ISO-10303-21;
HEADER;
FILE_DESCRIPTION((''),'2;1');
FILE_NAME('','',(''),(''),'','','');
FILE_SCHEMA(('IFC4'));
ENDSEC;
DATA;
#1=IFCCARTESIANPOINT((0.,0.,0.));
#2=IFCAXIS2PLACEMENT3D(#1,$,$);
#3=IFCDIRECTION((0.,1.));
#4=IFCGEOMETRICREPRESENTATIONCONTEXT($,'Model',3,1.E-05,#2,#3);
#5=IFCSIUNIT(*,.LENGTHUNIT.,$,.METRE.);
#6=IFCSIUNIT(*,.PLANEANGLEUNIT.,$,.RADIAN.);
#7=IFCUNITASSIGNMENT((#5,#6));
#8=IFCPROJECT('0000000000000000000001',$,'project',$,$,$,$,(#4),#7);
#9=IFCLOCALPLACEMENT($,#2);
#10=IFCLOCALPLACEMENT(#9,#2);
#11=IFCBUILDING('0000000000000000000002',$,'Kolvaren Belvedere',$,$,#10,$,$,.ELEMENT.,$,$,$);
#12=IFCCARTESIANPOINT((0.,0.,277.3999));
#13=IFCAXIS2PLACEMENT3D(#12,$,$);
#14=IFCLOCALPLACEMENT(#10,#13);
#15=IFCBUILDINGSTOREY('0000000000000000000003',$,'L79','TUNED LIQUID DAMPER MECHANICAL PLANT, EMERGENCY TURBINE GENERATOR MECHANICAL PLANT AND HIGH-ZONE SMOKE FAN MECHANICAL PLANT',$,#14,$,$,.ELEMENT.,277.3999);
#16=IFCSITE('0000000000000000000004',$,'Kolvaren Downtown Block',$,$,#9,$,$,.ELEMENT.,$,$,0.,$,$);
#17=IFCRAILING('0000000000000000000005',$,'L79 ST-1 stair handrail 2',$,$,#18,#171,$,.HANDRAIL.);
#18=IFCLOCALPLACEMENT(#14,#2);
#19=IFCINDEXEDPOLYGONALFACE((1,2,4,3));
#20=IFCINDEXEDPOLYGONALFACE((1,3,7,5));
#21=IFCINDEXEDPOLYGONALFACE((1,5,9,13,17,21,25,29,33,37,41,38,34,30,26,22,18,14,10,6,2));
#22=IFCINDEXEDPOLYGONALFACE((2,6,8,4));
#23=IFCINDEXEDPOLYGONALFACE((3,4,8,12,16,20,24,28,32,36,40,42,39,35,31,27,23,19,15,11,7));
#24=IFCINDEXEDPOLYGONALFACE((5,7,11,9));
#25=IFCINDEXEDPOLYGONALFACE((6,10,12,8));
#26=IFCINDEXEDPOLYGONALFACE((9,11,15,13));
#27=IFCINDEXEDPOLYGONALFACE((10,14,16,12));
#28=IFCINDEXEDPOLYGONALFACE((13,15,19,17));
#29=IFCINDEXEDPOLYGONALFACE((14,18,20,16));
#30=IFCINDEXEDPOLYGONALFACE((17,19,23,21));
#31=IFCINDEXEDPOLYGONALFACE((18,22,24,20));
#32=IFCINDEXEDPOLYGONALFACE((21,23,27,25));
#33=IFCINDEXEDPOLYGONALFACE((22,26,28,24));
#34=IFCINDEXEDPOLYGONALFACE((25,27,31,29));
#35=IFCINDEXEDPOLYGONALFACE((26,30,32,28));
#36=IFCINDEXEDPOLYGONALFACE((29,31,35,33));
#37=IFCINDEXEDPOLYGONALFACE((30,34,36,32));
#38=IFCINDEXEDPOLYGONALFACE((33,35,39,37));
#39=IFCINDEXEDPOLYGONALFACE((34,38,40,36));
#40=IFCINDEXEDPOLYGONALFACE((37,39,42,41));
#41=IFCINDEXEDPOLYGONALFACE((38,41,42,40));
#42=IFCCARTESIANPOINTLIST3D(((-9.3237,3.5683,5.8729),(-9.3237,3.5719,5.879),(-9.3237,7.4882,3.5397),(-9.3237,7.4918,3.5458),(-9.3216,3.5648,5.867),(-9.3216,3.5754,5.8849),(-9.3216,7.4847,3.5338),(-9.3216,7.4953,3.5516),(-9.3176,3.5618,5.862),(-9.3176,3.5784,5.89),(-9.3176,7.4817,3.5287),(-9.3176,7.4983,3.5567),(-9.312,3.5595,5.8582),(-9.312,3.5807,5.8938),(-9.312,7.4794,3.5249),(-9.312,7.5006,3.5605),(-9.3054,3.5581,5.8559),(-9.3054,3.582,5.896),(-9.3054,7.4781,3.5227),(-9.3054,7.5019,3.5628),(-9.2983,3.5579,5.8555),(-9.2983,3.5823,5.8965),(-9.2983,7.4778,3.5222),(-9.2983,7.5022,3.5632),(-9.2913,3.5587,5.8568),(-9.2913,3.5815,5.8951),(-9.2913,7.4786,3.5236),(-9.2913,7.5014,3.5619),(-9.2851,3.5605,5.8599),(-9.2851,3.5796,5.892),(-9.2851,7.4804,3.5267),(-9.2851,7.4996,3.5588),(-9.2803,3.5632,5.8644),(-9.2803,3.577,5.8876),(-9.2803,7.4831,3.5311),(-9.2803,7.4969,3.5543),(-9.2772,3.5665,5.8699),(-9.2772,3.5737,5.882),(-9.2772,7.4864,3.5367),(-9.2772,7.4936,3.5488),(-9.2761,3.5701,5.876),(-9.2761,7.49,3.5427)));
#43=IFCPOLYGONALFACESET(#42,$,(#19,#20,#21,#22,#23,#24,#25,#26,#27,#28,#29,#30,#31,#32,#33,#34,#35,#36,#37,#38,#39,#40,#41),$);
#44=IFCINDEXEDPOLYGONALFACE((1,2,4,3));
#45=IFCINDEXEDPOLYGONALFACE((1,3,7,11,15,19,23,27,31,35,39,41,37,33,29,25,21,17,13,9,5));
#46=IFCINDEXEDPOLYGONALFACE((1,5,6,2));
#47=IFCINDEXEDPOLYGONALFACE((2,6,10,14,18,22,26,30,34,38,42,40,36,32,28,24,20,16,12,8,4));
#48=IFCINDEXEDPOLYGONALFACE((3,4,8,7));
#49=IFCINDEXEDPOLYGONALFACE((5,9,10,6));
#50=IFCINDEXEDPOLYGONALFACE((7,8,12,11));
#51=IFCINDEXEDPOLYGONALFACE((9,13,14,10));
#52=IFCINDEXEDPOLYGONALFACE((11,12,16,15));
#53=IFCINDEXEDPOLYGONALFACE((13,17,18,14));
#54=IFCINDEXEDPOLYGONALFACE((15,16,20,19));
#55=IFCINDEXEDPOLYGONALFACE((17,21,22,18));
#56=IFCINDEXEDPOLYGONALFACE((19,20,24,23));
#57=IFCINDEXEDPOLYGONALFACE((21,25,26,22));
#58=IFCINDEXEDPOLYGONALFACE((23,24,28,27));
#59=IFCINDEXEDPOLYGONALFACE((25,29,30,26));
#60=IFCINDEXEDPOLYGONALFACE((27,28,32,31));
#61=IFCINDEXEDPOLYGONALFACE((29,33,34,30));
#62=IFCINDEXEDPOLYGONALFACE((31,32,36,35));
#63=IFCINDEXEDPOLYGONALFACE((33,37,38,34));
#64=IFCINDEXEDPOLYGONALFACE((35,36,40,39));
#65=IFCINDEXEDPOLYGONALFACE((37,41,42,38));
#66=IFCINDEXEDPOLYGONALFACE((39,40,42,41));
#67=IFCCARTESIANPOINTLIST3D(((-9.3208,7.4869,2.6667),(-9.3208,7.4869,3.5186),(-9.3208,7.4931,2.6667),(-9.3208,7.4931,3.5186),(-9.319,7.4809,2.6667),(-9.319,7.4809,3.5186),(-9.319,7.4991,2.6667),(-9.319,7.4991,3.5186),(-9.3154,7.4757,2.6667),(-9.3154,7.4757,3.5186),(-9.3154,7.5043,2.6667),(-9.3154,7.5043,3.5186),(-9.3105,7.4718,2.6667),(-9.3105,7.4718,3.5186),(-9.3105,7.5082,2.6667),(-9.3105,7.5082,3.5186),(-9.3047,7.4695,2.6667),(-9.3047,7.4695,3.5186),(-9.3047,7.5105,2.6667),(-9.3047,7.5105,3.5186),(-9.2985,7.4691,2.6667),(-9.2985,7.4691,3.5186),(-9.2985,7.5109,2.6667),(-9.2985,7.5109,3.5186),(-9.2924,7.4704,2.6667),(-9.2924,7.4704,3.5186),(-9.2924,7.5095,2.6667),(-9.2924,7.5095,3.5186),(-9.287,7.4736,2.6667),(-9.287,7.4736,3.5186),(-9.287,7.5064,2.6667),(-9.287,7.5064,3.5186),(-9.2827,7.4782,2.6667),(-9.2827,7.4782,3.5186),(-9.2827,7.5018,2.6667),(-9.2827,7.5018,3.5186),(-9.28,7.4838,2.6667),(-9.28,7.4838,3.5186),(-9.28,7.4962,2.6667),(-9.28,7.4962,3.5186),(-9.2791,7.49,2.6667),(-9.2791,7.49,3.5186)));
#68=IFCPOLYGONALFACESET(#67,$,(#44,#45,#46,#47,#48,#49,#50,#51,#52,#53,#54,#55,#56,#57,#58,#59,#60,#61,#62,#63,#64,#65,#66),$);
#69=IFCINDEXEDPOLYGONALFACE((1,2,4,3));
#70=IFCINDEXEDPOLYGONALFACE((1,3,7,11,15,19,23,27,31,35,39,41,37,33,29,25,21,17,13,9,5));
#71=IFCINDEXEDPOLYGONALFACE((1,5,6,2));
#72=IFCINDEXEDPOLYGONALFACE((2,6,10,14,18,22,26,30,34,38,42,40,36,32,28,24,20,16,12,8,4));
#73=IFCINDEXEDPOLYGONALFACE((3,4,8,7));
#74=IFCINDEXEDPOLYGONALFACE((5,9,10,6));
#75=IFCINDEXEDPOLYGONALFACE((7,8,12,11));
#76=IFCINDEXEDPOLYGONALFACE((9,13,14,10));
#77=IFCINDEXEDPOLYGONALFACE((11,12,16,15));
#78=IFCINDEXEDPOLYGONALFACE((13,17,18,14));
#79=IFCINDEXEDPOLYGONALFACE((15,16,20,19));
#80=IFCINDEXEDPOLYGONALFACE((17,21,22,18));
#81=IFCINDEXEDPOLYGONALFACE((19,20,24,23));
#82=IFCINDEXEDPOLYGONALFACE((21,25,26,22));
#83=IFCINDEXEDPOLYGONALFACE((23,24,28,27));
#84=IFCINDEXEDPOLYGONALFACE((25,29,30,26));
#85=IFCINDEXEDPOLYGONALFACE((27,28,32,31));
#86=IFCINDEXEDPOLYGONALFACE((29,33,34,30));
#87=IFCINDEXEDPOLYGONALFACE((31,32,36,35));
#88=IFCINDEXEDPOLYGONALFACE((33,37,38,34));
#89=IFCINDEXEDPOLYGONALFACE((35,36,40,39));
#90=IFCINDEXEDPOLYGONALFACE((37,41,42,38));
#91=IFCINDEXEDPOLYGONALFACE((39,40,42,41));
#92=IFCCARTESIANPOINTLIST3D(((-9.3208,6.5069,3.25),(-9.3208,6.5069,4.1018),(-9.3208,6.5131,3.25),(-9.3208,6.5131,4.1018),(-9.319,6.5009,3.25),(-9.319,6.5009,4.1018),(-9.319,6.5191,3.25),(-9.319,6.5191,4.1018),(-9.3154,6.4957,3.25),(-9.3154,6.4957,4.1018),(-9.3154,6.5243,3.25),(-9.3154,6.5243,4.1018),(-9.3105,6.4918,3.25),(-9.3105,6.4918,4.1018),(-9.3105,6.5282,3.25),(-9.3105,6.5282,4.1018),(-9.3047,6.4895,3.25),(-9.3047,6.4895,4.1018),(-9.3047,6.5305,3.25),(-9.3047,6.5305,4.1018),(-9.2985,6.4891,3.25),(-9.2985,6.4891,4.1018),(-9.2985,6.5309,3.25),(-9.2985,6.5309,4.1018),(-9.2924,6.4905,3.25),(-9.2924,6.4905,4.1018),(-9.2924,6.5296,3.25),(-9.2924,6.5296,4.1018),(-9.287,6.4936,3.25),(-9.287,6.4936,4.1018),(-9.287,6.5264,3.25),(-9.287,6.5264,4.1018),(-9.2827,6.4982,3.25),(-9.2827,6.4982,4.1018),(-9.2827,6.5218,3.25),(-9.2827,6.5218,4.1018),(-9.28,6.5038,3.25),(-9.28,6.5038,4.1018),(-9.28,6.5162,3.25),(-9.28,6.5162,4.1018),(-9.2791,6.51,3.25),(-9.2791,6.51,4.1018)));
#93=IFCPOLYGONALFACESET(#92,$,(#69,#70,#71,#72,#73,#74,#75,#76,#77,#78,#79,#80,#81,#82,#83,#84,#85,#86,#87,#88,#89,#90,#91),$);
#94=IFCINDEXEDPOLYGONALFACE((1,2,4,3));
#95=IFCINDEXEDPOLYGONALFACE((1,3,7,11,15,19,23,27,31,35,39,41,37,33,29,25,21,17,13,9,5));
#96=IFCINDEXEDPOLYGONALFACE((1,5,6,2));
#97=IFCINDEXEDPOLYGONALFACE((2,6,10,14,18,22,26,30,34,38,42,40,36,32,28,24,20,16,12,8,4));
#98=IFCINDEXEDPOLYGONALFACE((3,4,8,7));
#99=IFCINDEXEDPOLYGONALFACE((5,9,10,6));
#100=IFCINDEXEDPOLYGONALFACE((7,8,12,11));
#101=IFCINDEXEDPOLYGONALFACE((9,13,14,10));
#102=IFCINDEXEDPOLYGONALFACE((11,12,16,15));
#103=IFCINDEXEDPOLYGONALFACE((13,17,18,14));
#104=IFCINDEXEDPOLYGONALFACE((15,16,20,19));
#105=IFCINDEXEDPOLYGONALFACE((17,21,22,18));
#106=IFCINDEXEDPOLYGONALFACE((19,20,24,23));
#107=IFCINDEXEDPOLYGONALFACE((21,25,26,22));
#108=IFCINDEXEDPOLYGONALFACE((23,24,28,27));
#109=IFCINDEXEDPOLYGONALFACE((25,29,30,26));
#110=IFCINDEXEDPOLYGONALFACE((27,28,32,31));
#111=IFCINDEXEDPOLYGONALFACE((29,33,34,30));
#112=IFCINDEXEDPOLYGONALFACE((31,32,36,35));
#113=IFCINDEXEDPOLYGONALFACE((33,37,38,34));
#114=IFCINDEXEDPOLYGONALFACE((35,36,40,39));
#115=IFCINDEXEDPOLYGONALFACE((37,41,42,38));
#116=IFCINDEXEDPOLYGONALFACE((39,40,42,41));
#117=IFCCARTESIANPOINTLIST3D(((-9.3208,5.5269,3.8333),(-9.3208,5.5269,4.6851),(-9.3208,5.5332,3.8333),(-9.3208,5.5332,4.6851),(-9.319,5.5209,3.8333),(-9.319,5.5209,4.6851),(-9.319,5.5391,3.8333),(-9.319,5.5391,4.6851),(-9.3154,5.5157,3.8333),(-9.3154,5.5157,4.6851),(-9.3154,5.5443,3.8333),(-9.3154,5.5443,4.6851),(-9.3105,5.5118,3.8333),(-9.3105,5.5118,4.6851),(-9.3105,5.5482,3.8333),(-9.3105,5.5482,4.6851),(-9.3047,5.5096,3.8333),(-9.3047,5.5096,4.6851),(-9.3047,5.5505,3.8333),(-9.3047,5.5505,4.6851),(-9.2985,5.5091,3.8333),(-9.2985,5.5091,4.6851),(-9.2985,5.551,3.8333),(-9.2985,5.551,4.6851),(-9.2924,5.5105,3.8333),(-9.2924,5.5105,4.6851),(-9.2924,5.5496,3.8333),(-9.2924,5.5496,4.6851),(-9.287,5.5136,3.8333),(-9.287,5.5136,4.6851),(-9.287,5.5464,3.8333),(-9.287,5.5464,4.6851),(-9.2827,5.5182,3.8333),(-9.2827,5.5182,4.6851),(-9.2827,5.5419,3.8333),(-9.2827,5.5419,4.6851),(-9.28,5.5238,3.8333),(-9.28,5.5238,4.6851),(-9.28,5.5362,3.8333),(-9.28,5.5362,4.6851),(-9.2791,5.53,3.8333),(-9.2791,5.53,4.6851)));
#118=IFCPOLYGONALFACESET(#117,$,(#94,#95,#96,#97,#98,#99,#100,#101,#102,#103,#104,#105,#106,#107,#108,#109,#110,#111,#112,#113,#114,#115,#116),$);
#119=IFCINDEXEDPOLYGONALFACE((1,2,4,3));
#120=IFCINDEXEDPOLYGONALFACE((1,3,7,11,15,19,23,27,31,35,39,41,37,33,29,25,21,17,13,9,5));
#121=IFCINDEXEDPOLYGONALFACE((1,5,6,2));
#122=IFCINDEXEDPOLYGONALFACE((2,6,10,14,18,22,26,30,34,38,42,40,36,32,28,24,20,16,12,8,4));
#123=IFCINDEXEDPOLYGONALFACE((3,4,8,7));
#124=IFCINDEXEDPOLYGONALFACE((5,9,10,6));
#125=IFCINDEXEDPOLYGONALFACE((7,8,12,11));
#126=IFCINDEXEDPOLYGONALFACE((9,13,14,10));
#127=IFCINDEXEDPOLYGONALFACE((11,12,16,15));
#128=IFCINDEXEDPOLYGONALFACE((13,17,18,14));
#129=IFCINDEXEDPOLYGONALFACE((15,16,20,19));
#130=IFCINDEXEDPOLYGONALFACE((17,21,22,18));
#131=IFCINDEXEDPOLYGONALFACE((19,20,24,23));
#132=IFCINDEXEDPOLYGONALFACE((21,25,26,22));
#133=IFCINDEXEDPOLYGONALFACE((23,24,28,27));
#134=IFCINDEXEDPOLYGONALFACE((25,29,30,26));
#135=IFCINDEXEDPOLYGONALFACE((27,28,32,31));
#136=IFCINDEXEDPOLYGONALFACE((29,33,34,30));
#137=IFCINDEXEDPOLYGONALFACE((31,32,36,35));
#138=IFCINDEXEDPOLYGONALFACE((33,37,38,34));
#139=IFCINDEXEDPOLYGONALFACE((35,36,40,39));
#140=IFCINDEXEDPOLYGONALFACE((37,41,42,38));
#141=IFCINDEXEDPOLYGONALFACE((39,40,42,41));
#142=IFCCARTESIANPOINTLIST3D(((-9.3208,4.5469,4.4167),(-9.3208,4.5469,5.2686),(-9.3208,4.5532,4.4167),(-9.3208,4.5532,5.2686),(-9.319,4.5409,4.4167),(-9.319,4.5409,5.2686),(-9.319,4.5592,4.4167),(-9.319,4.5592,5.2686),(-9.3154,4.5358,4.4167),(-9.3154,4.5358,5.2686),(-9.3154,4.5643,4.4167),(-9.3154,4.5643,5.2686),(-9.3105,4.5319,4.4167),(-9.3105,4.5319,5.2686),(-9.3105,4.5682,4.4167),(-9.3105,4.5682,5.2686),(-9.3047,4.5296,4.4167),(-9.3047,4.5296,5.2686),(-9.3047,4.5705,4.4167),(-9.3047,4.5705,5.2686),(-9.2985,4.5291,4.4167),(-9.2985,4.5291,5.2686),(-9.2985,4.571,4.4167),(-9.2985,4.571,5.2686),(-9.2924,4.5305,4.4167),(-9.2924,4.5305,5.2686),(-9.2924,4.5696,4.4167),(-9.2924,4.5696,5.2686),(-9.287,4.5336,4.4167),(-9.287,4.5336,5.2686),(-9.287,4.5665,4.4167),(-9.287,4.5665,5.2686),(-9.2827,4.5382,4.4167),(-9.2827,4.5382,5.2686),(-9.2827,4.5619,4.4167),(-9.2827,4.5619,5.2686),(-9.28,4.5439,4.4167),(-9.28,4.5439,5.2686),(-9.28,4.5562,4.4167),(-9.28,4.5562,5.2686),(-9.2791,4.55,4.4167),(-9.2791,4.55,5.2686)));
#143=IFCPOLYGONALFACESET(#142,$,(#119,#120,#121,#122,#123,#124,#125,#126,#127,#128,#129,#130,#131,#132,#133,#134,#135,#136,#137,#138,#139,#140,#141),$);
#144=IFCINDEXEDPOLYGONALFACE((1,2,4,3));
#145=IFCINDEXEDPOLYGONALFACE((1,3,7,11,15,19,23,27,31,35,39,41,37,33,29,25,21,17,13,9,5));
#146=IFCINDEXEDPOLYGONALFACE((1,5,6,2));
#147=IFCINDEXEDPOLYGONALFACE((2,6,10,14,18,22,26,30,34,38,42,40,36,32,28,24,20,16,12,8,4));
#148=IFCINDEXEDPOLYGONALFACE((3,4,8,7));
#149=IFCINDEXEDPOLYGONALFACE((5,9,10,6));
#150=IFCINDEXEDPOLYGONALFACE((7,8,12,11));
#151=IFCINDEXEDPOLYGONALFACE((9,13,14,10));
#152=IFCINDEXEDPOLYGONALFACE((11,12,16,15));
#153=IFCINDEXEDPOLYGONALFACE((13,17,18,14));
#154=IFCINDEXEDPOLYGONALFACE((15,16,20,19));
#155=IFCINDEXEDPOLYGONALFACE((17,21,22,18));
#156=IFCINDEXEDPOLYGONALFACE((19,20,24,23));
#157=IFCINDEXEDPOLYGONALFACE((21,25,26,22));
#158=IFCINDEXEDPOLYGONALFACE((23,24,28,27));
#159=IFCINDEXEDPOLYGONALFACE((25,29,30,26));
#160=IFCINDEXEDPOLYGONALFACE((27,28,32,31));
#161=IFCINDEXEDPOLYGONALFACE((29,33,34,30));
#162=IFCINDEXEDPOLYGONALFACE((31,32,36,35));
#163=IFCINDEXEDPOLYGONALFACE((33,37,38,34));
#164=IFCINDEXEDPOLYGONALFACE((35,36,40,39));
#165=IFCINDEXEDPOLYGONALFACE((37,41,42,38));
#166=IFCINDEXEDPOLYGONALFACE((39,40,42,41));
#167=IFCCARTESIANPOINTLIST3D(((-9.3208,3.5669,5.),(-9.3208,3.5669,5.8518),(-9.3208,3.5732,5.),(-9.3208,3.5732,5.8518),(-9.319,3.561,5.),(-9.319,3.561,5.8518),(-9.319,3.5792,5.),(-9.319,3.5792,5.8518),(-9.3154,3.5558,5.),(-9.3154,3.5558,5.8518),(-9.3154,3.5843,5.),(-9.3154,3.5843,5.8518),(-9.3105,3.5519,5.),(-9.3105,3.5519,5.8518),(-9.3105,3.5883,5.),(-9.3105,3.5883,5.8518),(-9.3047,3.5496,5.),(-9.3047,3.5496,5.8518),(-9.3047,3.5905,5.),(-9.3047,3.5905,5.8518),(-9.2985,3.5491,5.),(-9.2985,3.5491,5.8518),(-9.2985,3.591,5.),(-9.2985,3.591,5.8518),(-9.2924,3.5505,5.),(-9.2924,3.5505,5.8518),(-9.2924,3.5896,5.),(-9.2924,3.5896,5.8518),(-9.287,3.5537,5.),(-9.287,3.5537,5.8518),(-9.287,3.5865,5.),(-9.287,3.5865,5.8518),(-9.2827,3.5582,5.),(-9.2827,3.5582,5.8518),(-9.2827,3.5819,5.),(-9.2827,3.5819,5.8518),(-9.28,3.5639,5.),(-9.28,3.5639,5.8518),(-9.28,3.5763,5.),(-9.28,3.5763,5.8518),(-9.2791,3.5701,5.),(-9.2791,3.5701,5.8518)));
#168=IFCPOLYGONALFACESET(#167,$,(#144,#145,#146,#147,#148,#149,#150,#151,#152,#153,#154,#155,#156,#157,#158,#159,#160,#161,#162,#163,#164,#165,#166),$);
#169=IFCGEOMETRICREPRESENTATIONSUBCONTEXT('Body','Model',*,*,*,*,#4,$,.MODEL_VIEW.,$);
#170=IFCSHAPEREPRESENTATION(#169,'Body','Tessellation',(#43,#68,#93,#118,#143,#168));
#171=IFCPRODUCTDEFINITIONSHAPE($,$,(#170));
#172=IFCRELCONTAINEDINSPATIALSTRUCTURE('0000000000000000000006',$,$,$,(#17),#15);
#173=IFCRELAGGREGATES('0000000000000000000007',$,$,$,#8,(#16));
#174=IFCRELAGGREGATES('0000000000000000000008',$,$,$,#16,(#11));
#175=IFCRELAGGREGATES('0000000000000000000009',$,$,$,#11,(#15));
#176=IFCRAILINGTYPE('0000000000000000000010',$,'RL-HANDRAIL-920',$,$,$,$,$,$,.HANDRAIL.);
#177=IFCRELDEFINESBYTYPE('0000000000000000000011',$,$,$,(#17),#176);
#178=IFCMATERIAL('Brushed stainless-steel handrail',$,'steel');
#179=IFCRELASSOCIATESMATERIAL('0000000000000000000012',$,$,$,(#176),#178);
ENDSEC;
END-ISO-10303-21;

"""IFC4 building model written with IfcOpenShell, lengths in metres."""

from ifc_helpers import new_model, si_unit, direction, frame, origin, origin_2d, place, context, subcontext, project, spatial, circle, extrude, material, type_object, element, save


model = new_model("IFC4")

# Units and contexts
model_context = context("Model", 3, precision=1e-05, world=origin(), true_north=direction((0.0, 1.0)))
body_context = subcontext(model_context, "Body", "Model", "MODEL_VIEW")
ifc_project = project(units=[si_unit("LENGTHUNIT", "METRE"), si_unit("PLANEANGLEUNIT", "RADIAN")], contexts=[model_context])

# Site, building, storey
site_placement = place(None, origin())
site = spatial("IfcSite", under=ifc_project, at=site_placement, Name="Kolvaren Downtown Block", CompositionType="ELEMENT", RefElevation=0.0)
building_placement = place(site_placement, origin())
building = spatial("IfcBuilding", under=site, at=building_placement, Name="Kolvaren Belvedere", CompositionType="ELEMENT")
storey_placement = place(building_placement, frame((0.0, 0.0, 277.3999)))
storey = spatial("IfcBuildingStorey", under=building, at=storey_placement, Name="L79", Description="TUNED LIQUID DAMPER MECHANICAL PLANT, EMERGENCY TURBINE GENERATOR MECHANICAL PLANT AND HIGH-ZONE SMOKE FAN MECHANICAL PLANT", CompositionType="ELEMENT", Elevation=277.3999)

# Railing
ifc_material_1 = material(Name="Brushed stainless-steel handrail", Category="steel")
railing_type_1 = type_object("IfcRailingType", Name="RL-HANDRAIL-920", PredefinedType="HANDRAIL", material=ifc_material_1)
railing_1_placement = place(storey_placement, frame((-9.3, 7.49, 2.6667)))
element("IfcRailing", 1, at=railing_1_placement, inside=storey, type_object=railing_type_1, Name="L79 ST-1 stair handrail 2", PredefinedType="HANDRAIL", context=body_context, shape_type="SweptSolid", body=[
    extrude(circle(Radius=0.0239, at=origin_2d()), frame((0.0, 0.0, 0.876), z_axis=(0.0, -0.859296, 0.511478), x_axis=(1.0, 0.0, 0.0)), (0.0, 0.0, 1.0), 4.5618),
    extrude(circle(Radius=0.021, at=origin_2d()), origin(), (0.0, 0.0, 1.0), 0.8518),
    extrude(circle(Radius=0.021, at=origin_2d()), frame((0.0, -0.98, 0.5833)), (0.0, 0.0, 1.0), 0.8518),
    extrude(circle(Radius=0.021, at=origin_2d()), frame((0.0, -1.96, 1.1665)), (0.0, 0.0, 1.0), 0.8518),
    extrude(circle(Radius=0.021, at=origin_2d()), frame((0.0, -2.9399, 1.75)), (0.0, 0.0, 1.0), 0.8518),
    extrude(circle(Radius=0.021, at=origin_2d()), frame((0.0, -3.9199, 2.3333)), (0.0, 0.0, 1.0), 0.8518),
])

save(model, "model.ifc")
